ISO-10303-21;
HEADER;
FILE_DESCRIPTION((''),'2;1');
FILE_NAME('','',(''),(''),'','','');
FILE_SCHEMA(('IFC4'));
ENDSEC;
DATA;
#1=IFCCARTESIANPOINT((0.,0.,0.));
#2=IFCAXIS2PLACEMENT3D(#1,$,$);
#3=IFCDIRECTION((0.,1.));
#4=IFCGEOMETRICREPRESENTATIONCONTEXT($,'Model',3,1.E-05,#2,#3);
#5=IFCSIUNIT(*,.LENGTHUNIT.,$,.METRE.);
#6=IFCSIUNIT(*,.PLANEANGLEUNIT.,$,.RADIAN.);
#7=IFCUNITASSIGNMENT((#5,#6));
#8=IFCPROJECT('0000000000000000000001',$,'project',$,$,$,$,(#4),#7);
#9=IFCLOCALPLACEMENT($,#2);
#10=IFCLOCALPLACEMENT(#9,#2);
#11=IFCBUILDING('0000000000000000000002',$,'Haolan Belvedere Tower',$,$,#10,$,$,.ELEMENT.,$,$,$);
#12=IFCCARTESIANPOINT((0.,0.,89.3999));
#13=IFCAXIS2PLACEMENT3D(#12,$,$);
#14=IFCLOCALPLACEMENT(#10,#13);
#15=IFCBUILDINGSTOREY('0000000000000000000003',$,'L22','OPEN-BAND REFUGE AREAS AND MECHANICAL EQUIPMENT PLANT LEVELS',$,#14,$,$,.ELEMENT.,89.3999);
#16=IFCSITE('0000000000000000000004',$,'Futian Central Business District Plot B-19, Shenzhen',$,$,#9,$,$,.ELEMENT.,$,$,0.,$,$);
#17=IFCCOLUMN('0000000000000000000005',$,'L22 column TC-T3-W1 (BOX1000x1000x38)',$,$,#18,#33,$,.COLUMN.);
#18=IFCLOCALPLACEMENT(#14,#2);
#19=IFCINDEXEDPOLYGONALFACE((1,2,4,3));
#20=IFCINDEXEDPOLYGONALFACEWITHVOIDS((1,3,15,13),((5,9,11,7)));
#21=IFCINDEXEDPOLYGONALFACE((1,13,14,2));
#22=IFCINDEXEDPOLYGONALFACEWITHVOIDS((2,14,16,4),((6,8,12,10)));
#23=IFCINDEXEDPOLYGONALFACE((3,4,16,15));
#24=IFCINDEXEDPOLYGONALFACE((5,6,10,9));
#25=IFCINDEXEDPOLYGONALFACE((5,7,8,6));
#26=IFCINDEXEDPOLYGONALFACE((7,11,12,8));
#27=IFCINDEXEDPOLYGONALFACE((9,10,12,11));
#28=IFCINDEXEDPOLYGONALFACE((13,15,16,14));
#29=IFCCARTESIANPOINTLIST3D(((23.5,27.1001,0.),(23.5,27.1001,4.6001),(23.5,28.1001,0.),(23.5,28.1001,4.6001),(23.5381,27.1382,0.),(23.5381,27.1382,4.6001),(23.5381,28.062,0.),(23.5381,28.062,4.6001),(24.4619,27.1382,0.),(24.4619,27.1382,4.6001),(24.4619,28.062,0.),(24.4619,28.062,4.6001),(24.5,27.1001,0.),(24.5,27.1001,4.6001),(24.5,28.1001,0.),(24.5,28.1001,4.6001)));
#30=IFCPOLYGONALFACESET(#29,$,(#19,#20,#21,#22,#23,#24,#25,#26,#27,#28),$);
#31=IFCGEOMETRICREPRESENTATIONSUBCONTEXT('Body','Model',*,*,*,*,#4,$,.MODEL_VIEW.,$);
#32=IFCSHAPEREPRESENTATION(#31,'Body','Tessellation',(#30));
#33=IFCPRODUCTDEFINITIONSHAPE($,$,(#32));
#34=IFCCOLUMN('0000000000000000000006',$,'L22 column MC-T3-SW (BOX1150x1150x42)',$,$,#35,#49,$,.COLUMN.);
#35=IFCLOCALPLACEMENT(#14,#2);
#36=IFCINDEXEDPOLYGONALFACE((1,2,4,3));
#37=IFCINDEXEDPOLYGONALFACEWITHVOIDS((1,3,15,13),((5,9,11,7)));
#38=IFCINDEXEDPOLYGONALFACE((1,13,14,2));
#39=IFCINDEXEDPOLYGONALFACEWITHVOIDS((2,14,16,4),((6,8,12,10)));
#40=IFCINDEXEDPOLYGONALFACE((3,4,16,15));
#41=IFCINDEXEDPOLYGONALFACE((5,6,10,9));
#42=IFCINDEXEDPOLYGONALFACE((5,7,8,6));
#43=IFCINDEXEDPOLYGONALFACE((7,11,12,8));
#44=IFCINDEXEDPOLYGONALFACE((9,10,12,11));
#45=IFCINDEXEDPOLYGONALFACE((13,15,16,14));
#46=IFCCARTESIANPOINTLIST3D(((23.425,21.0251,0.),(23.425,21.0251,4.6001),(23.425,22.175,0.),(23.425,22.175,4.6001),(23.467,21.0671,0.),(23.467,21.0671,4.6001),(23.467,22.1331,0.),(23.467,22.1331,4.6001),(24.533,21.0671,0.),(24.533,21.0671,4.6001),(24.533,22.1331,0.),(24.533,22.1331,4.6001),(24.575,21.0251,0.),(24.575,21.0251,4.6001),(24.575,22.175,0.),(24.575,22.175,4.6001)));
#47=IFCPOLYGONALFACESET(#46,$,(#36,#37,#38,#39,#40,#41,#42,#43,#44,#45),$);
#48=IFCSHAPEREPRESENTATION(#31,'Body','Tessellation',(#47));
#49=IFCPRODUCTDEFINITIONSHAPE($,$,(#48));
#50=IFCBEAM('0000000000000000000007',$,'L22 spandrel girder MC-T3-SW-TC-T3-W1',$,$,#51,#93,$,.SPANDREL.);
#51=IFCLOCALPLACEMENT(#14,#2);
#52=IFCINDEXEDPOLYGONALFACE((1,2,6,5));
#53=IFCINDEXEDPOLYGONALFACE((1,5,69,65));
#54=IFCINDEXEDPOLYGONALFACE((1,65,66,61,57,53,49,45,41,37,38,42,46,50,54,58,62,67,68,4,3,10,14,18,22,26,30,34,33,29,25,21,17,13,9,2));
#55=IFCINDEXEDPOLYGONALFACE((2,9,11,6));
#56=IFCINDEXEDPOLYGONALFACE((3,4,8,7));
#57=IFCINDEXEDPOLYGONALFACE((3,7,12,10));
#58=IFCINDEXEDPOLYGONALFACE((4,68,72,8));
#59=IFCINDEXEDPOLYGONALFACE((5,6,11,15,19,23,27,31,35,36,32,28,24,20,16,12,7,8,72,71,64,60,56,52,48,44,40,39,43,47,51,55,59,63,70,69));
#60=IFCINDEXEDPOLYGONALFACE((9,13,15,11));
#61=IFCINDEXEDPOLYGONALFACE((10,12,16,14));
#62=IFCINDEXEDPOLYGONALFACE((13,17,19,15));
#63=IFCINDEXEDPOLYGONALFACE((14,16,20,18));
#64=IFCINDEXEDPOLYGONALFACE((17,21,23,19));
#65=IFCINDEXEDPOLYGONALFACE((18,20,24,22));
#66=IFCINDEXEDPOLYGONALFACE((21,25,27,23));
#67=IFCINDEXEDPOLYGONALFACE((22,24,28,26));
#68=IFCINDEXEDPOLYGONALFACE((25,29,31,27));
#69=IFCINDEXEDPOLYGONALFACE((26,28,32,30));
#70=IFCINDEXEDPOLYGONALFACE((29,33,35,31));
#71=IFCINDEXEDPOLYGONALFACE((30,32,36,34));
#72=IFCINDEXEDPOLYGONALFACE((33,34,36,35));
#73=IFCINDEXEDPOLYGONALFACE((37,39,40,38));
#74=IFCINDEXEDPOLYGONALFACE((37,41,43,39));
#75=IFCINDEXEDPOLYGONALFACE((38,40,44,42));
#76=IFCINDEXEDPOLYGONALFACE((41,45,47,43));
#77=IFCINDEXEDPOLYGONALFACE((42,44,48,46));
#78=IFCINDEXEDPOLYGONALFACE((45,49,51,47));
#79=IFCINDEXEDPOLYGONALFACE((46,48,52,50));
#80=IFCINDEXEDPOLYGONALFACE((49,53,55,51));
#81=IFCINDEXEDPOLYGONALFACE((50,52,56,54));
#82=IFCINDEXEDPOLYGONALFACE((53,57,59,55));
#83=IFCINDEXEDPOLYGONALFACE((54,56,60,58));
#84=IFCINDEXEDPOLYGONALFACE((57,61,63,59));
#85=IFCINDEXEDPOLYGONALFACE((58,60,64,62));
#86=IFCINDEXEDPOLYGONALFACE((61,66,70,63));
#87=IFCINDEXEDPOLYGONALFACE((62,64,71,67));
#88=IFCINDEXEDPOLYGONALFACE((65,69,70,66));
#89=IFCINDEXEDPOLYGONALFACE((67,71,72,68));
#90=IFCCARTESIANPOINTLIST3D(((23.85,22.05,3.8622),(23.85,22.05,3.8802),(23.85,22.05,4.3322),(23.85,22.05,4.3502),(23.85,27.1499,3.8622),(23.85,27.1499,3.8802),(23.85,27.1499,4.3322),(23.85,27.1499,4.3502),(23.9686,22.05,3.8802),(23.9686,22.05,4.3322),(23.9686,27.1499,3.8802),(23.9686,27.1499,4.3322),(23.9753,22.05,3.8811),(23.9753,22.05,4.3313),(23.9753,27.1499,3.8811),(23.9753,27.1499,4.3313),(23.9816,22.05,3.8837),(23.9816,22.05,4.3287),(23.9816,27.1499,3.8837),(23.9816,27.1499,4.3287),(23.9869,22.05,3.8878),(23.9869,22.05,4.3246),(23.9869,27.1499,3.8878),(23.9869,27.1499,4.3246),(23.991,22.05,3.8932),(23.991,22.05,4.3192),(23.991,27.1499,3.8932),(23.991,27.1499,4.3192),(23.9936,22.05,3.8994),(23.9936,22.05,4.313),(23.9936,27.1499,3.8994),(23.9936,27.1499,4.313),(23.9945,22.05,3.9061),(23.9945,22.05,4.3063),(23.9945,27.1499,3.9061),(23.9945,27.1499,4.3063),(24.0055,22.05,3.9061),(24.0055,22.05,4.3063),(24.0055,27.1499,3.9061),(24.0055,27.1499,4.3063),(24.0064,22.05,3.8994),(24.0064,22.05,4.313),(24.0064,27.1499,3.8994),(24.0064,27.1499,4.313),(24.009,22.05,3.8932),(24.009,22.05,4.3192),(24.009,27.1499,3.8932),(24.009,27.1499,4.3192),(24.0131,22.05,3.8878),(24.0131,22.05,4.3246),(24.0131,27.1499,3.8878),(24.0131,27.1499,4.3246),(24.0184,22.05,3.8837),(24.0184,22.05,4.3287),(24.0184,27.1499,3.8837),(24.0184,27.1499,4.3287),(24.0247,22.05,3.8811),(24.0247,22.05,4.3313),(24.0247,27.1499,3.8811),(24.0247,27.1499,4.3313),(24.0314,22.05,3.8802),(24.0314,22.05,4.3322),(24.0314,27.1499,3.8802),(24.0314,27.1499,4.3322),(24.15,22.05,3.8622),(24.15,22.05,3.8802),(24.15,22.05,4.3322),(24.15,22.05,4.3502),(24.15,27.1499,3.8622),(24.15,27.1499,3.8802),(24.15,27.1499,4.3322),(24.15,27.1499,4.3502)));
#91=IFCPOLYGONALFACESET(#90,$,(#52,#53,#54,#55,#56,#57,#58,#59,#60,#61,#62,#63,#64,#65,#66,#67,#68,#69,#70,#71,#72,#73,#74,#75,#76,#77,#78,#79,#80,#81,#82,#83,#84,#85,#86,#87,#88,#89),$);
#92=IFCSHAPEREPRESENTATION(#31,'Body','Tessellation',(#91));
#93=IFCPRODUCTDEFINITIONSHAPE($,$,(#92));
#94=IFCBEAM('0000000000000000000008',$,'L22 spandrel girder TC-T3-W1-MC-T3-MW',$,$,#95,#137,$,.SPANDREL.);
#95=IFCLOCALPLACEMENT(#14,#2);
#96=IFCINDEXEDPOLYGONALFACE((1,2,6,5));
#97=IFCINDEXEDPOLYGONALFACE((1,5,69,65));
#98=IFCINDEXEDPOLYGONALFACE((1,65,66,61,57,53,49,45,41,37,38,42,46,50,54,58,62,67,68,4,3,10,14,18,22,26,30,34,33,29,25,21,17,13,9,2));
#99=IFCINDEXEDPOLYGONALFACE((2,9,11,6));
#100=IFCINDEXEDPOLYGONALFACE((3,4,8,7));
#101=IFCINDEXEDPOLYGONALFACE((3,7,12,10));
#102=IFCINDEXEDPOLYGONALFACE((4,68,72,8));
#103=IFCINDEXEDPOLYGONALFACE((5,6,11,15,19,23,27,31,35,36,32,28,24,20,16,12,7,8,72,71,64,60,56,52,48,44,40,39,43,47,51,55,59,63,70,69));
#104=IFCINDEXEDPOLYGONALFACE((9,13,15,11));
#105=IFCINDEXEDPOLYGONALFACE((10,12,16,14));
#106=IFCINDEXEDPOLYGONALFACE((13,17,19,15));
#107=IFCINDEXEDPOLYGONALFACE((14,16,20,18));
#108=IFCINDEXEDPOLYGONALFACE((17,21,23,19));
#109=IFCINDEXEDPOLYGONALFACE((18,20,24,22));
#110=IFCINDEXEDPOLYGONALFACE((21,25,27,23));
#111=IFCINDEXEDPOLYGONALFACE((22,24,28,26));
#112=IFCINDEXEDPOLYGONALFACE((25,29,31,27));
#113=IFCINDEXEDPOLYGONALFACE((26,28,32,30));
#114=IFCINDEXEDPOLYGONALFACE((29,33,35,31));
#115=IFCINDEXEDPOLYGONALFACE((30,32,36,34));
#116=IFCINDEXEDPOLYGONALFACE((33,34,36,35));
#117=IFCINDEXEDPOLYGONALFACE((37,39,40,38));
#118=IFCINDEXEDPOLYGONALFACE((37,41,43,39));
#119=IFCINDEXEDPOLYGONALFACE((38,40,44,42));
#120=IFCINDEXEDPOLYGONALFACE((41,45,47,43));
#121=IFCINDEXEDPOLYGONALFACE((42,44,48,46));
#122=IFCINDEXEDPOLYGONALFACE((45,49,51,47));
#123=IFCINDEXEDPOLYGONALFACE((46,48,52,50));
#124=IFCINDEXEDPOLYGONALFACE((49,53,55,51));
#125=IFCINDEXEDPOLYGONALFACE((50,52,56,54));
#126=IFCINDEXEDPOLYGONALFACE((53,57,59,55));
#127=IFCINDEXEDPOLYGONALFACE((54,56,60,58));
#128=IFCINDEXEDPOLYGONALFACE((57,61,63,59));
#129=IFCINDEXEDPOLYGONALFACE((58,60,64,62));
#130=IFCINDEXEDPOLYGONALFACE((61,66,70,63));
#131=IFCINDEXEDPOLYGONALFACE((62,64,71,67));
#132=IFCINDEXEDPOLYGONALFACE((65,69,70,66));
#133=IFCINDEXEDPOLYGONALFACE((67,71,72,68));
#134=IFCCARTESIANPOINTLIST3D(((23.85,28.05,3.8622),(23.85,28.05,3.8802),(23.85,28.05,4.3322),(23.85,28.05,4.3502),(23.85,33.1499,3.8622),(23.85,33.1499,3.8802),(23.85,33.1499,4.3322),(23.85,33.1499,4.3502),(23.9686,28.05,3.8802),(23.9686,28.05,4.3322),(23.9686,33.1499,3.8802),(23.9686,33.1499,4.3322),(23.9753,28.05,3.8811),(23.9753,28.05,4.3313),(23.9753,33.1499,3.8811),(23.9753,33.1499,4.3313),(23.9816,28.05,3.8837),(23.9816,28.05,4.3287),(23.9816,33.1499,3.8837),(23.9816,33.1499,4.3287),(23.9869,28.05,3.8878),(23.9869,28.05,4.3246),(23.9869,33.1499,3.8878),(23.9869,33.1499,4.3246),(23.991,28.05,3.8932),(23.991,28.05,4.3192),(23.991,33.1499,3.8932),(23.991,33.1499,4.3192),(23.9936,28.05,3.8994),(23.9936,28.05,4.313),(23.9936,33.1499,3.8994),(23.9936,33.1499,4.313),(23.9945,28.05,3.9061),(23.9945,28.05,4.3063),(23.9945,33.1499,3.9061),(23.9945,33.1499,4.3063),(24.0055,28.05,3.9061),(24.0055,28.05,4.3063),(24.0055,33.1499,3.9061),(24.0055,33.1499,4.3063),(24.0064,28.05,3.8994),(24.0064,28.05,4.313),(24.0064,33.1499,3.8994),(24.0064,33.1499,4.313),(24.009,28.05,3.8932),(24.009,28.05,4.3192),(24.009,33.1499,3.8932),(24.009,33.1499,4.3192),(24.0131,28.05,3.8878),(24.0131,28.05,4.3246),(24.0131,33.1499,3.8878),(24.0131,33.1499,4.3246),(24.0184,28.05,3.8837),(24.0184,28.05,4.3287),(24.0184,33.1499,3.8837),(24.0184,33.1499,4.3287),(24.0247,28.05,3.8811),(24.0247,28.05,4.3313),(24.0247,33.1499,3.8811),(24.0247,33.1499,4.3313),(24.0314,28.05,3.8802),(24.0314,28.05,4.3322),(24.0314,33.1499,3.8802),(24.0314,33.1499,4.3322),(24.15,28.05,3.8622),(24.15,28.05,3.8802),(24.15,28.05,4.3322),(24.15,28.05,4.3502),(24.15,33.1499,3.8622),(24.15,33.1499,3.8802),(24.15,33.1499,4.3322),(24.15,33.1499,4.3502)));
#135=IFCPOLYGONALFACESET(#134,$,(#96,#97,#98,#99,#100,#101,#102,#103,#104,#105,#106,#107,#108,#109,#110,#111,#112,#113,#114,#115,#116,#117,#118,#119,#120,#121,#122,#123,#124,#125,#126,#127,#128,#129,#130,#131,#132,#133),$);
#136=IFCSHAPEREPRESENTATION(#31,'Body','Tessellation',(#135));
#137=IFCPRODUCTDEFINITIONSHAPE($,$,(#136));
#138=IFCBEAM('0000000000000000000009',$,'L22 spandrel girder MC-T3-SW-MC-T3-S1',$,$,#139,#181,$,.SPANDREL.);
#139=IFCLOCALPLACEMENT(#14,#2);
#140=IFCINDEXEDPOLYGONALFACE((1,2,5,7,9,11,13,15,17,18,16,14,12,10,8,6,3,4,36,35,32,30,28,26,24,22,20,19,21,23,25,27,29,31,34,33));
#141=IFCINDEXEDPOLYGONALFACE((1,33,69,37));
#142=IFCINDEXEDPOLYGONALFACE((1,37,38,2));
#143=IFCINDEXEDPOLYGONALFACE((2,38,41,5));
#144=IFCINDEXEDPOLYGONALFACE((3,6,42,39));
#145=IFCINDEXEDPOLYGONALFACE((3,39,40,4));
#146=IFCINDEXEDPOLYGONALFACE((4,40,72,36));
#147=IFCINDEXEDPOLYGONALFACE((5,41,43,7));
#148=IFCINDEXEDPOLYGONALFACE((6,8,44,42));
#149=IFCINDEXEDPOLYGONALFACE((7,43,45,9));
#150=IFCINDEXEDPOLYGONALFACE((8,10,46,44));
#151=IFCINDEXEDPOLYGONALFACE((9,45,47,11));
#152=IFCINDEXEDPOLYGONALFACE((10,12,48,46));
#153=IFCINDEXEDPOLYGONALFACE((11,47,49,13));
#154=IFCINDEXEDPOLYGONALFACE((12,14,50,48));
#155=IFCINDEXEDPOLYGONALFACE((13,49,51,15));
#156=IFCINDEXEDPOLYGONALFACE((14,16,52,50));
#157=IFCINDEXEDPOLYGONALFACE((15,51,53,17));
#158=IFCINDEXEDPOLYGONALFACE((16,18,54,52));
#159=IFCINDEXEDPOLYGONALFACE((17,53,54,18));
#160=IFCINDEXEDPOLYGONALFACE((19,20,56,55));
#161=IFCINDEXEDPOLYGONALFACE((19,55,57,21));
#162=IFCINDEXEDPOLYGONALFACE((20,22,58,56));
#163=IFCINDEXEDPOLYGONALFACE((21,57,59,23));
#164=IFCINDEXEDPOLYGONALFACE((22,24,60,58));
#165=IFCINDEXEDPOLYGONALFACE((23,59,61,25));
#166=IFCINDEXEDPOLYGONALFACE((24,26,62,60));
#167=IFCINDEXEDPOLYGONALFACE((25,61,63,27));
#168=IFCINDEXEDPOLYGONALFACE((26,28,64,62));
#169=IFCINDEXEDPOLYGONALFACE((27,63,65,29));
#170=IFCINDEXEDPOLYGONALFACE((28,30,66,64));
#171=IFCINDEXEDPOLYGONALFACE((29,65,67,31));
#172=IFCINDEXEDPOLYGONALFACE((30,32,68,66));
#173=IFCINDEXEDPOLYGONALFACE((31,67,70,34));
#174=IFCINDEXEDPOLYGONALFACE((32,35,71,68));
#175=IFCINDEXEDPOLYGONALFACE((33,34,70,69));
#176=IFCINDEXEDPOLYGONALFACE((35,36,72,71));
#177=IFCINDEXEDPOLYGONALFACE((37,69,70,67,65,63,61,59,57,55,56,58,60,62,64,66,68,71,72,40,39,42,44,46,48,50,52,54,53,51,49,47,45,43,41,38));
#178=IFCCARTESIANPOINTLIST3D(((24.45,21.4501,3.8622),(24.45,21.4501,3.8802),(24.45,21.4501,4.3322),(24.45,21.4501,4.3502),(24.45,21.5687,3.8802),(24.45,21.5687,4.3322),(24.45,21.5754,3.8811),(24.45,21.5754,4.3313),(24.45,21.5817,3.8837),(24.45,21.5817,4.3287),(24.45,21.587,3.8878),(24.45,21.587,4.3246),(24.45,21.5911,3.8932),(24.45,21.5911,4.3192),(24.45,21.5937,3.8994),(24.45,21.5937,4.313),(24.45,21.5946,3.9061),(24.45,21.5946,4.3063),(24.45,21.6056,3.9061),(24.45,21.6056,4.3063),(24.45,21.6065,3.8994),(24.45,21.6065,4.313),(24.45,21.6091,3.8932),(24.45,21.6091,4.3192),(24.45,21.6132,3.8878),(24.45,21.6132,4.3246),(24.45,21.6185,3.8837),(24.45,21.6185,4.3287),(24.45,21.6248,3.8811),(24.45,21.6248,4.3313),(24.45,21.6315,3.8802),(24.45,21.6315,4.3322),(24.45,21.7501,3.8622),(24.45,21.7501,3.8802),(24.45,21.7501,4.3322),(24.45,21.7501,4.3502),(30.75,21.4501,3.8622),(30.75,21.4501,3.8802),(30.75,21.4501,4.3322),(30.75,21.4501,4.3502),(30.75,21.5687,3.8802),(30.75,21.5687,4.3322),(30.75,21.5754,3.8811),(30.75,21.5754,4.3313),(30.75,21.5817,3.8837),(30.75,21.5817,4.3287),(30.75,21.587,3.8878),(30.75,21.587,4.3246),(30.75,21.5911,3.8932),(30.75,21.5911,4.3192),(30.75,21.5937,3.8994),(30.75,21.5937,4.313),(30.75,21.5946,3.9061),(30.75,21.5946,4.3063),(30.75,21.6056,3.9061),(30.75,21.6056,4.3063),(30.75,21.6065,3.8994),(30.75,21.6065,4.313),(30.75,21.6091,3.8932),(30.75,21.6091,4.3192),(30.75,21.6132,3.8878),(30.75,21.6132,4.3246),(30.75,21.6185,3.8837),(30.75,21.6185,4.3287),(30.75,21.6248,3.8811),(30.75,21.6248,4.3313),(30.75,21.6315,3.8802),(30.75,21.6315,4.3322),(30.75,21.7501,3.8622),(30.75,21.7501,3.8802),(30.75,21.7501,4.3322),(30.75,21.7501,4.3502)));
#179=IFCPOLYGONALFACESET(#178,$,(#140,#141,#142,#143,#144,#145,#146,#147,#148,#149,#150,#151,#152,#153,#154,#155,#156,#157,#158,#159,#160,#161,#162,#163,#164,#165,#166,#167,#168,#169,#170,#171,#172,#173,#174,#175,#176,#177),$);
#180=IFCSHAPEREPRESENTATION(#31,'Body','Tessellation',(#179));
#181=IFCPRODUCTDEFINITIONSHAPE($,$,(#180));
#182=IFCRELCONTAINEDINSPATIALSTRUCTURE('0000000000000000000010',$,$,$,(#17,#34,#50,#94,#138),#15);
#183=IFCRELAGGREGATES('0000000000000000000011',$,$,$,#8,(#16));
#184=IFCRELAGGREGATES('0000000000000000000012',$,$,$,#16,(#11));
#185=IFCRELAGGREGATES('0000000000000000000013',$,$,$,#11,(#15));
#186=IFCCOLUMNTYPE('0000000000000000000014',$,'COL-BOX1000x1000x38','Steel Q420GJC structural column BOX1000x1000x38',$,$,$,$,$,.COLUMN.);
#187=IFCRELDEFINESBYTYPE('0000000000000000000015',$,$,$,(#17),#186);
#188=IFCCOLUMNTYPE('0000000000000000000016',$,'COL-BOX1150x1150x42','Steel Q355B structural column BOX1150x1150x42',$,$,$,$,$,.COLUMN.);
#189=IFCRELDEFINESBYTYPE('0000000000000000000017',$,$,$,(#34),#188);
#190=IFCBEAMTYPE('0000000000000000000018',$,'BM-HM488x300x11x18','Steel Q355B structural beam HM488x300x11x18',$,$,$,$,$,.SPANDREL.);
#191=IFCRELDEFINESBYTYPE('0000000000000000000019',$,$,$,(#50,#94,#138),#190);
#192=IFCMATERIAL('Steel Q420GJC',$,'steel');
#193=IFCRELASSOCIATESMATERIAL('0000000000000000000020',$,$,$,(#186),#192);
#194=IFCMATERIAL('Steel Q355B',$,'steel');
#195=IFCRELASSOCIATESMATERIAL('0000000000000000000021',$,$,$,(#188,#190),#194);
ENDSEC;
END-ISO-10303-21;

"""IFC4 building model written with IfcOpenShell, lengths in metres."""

from ifc_helpers import new_model, si_unit, direction, frame, origin, origin_2d, place, context, subcontext, project, spatial, hollow_rectangle, i_section, extrude, material, material_profile, profile_set, type_object, element, save


model = new_model("IFC4")

# Units and contexts
model_context = context("Model", 3, precision=1e-05, world=origin(), true_north=direction((0.0, 1.0)))
body_context = subcontext(model_context, "Body", "Model", "MODEL_VIEW")
ifc_project = project(units=[si_unit("LENGTHUNIT", "METRE"), si_unit("PLANEANGLEUNIT", "RADIAN")], contexts=[model_context])

# Site, building, storey
site_placement = place(None, origin())
site = spatial("IfcSite", under=ifc_project, at=site_placement, Name="Futian Central Business District Plot B-19, Shenzhen", CompositionType="ELEMENT", RefElevation=0.0)
building_placement = place(site_placement, origin())
building = spatial("IfcBuilding", under=site, at=building_placement, Name="Haolan Belvedere Tower", CompositionType="ELEMENT")
storey_placement = place(building_placement, frame((0.0, 0.0, 89.3999)))
storey = spatial("IfcBuildingStorey", under=building, at=storey_placement, Name="L22", Description="OPEN-BAND REFUGE AREAS AND MECHANICAL EQUIPMENT PLANT LEVELS", CompositionType="ELEMENT", Elevation=89.3999)

# Columns
ifc_material_1 = material(Name="Steel Q420GJC", Category="steel")
ifc_material_profile_1 = material_profile(ifc_material_1, hollow_rectangle(XDim=1.0, YDim=1.0, WallThickness=0.0381, at=origin_2d()), Name="Steel Q420GJC")
ifc_profile_set_1 = profile_set([ifc_material_profile_1], Name="Steel Q420GJC")
column_type_1 = type_object("IfcColumnType", Name="COL-BOX1000x1000x38", Description="Steel Q420GJC structural column BOX1000x1000x38", PredefinedType="COLUMN", material=ifc_profile_set_1)
column_1_placement = place(storey_placement, frame((24.0, 27.6001, 0.0), z_axis=(0.0, 0.0, 1.0), x_axis=(1.0, 0.0, 0.0)))
element("IfcColumn", 1, at=column_1_placement, inside=storey, type_object=column_type_1, Name="L22 column TC-T3-W1 (BOX1000x1000x38)", PredefinedType="COLUMN", context=body_context, shape_type="SweptSolid", body=[
    extrude(hollow_rectangle(XDim=1.0, YDim=1.0, WallThickness=0.0381, at=origin_2d()), origin(), (0.0, 0.0, 1.0), 4.6001),
])
ifc_material_2 = material(Name="Steel Q355B", Category="steel")
ifc_material_profile_2 = material_profile(ifc_material_2, hollow_rectangle(XDim=1.1499, YDim=1.1499, WallThickness=0.042, at=origin_2d()), Name="Steel Q355B")
ifc_profile_set_2 = profile_set([ifc_material_profile_2], Name="Steel Q355B")
column_type_2 = type_object("IfcColumnType", Name="COL-BOX1150x1150x42", Description="Steel Q355B structural column BOX1150x1150x42", PredefinedType="COLUMN", material=ifc_profile_set_2)
column_2_placement = place(storey_placement, frame((24.0, 21.6001, 0.0), z_axis=(0.0, 0.0, 1.0), x_axis=(1.0, 0.0, 0.0)))
element("IfcColumn", 2, at=column_2_placement, inside=storey, type_object=column_type_2, Name="L22 column MC-T3-SW (BOX1150x1150x42)", PredefinedType="COLUMN", context=body_context, shape_type="SweptSolid", body=[
    extrude(hollow_rectangle(XDim=1.1499, YDim=1.1499, WallThickness=0.042, at=origin_2d()), origin(), (0.0, 0.0, 1.0), 4.6001),
])

# Beams
ifc_material_profile_3 = material_profile(ifc_material_2, i_section(OverallWidth=0.3, OverallDepth=0.488, WebThickness=0.011, FlangeThickness=0.0181, FilletRadius=0.0259, at=origin_2d()), Name="Steel Q355B")
ifc_profile_set_3 = profile_set([ifc_material_profile_3], Name="Steel Q355B")
beam_type_1 = type_object("IfcBeamType", Name="BM-HM488x300x11x18", Description="Steel Q355B structural beam HM488x300x11x18", PredefinedType="SPANDREL", material=ifc_profile_set_3)
for number, where, z_axis, x_axis, name in (
    (3, (24.0, 22.05, 4.1062), (0.0, 1.0, 0.0), (-1.0, 0.0, 0.0), "L22 spandrel girder MC-T3-SW-TC-T3-W1"),
    (4, (24.0, 28.05, 4.1062), (0.0, 1.0, 0.0), (-1.0, 0.0, 0.0), "L22 spandrel girder TC-T3-W1-MC-T3-MW"),
):
    element("IfcBeam", number, at=place(storey_placement, frame(where, z_axis=z_axis, x_axis=x_axis)), inside=storey, type_object=beam_type_1, Name=name, PredefinedType="SPANDREL", context=body_context, shape_type="SweptSolid", body=[
        extrude(i_section(OverallWidth=0.3, OverallDepth=0.488, WebThickness=0.011, FlangeThickness=0.0181, FilletRadius=0.0259, at=origin_2d()), origin(), (0.0, 0.0, 1.0), 5.0999),
    ])
beam_1_placement = place(storey_placement, frame((24.45, 21.6001, 4.1062), z_axis=(1.0, 0.0, 0.0), x_axis=(0.0, 1.0, 0.0)))
element("IfcBeam", 5, at=beam_1_placement, inside=storey, type_object=beam_type_1, Name="L22 spandrel girder MC-T3-SW-MC-T3-S1", PredefinedType="SPANDREL", context=body_context, shape_type="SweptSolid", body=[
    extrude(i_section(OverallWidth=0.3, OverallDepth=0.488, WebThickness=0.011, FlangeThickness=0.0181, FilletRadius=0.0259, at=origin_2d()), origin(), (0.0, 0.0, 1.0), 6.3),
])

save(model, "model.ifc")
